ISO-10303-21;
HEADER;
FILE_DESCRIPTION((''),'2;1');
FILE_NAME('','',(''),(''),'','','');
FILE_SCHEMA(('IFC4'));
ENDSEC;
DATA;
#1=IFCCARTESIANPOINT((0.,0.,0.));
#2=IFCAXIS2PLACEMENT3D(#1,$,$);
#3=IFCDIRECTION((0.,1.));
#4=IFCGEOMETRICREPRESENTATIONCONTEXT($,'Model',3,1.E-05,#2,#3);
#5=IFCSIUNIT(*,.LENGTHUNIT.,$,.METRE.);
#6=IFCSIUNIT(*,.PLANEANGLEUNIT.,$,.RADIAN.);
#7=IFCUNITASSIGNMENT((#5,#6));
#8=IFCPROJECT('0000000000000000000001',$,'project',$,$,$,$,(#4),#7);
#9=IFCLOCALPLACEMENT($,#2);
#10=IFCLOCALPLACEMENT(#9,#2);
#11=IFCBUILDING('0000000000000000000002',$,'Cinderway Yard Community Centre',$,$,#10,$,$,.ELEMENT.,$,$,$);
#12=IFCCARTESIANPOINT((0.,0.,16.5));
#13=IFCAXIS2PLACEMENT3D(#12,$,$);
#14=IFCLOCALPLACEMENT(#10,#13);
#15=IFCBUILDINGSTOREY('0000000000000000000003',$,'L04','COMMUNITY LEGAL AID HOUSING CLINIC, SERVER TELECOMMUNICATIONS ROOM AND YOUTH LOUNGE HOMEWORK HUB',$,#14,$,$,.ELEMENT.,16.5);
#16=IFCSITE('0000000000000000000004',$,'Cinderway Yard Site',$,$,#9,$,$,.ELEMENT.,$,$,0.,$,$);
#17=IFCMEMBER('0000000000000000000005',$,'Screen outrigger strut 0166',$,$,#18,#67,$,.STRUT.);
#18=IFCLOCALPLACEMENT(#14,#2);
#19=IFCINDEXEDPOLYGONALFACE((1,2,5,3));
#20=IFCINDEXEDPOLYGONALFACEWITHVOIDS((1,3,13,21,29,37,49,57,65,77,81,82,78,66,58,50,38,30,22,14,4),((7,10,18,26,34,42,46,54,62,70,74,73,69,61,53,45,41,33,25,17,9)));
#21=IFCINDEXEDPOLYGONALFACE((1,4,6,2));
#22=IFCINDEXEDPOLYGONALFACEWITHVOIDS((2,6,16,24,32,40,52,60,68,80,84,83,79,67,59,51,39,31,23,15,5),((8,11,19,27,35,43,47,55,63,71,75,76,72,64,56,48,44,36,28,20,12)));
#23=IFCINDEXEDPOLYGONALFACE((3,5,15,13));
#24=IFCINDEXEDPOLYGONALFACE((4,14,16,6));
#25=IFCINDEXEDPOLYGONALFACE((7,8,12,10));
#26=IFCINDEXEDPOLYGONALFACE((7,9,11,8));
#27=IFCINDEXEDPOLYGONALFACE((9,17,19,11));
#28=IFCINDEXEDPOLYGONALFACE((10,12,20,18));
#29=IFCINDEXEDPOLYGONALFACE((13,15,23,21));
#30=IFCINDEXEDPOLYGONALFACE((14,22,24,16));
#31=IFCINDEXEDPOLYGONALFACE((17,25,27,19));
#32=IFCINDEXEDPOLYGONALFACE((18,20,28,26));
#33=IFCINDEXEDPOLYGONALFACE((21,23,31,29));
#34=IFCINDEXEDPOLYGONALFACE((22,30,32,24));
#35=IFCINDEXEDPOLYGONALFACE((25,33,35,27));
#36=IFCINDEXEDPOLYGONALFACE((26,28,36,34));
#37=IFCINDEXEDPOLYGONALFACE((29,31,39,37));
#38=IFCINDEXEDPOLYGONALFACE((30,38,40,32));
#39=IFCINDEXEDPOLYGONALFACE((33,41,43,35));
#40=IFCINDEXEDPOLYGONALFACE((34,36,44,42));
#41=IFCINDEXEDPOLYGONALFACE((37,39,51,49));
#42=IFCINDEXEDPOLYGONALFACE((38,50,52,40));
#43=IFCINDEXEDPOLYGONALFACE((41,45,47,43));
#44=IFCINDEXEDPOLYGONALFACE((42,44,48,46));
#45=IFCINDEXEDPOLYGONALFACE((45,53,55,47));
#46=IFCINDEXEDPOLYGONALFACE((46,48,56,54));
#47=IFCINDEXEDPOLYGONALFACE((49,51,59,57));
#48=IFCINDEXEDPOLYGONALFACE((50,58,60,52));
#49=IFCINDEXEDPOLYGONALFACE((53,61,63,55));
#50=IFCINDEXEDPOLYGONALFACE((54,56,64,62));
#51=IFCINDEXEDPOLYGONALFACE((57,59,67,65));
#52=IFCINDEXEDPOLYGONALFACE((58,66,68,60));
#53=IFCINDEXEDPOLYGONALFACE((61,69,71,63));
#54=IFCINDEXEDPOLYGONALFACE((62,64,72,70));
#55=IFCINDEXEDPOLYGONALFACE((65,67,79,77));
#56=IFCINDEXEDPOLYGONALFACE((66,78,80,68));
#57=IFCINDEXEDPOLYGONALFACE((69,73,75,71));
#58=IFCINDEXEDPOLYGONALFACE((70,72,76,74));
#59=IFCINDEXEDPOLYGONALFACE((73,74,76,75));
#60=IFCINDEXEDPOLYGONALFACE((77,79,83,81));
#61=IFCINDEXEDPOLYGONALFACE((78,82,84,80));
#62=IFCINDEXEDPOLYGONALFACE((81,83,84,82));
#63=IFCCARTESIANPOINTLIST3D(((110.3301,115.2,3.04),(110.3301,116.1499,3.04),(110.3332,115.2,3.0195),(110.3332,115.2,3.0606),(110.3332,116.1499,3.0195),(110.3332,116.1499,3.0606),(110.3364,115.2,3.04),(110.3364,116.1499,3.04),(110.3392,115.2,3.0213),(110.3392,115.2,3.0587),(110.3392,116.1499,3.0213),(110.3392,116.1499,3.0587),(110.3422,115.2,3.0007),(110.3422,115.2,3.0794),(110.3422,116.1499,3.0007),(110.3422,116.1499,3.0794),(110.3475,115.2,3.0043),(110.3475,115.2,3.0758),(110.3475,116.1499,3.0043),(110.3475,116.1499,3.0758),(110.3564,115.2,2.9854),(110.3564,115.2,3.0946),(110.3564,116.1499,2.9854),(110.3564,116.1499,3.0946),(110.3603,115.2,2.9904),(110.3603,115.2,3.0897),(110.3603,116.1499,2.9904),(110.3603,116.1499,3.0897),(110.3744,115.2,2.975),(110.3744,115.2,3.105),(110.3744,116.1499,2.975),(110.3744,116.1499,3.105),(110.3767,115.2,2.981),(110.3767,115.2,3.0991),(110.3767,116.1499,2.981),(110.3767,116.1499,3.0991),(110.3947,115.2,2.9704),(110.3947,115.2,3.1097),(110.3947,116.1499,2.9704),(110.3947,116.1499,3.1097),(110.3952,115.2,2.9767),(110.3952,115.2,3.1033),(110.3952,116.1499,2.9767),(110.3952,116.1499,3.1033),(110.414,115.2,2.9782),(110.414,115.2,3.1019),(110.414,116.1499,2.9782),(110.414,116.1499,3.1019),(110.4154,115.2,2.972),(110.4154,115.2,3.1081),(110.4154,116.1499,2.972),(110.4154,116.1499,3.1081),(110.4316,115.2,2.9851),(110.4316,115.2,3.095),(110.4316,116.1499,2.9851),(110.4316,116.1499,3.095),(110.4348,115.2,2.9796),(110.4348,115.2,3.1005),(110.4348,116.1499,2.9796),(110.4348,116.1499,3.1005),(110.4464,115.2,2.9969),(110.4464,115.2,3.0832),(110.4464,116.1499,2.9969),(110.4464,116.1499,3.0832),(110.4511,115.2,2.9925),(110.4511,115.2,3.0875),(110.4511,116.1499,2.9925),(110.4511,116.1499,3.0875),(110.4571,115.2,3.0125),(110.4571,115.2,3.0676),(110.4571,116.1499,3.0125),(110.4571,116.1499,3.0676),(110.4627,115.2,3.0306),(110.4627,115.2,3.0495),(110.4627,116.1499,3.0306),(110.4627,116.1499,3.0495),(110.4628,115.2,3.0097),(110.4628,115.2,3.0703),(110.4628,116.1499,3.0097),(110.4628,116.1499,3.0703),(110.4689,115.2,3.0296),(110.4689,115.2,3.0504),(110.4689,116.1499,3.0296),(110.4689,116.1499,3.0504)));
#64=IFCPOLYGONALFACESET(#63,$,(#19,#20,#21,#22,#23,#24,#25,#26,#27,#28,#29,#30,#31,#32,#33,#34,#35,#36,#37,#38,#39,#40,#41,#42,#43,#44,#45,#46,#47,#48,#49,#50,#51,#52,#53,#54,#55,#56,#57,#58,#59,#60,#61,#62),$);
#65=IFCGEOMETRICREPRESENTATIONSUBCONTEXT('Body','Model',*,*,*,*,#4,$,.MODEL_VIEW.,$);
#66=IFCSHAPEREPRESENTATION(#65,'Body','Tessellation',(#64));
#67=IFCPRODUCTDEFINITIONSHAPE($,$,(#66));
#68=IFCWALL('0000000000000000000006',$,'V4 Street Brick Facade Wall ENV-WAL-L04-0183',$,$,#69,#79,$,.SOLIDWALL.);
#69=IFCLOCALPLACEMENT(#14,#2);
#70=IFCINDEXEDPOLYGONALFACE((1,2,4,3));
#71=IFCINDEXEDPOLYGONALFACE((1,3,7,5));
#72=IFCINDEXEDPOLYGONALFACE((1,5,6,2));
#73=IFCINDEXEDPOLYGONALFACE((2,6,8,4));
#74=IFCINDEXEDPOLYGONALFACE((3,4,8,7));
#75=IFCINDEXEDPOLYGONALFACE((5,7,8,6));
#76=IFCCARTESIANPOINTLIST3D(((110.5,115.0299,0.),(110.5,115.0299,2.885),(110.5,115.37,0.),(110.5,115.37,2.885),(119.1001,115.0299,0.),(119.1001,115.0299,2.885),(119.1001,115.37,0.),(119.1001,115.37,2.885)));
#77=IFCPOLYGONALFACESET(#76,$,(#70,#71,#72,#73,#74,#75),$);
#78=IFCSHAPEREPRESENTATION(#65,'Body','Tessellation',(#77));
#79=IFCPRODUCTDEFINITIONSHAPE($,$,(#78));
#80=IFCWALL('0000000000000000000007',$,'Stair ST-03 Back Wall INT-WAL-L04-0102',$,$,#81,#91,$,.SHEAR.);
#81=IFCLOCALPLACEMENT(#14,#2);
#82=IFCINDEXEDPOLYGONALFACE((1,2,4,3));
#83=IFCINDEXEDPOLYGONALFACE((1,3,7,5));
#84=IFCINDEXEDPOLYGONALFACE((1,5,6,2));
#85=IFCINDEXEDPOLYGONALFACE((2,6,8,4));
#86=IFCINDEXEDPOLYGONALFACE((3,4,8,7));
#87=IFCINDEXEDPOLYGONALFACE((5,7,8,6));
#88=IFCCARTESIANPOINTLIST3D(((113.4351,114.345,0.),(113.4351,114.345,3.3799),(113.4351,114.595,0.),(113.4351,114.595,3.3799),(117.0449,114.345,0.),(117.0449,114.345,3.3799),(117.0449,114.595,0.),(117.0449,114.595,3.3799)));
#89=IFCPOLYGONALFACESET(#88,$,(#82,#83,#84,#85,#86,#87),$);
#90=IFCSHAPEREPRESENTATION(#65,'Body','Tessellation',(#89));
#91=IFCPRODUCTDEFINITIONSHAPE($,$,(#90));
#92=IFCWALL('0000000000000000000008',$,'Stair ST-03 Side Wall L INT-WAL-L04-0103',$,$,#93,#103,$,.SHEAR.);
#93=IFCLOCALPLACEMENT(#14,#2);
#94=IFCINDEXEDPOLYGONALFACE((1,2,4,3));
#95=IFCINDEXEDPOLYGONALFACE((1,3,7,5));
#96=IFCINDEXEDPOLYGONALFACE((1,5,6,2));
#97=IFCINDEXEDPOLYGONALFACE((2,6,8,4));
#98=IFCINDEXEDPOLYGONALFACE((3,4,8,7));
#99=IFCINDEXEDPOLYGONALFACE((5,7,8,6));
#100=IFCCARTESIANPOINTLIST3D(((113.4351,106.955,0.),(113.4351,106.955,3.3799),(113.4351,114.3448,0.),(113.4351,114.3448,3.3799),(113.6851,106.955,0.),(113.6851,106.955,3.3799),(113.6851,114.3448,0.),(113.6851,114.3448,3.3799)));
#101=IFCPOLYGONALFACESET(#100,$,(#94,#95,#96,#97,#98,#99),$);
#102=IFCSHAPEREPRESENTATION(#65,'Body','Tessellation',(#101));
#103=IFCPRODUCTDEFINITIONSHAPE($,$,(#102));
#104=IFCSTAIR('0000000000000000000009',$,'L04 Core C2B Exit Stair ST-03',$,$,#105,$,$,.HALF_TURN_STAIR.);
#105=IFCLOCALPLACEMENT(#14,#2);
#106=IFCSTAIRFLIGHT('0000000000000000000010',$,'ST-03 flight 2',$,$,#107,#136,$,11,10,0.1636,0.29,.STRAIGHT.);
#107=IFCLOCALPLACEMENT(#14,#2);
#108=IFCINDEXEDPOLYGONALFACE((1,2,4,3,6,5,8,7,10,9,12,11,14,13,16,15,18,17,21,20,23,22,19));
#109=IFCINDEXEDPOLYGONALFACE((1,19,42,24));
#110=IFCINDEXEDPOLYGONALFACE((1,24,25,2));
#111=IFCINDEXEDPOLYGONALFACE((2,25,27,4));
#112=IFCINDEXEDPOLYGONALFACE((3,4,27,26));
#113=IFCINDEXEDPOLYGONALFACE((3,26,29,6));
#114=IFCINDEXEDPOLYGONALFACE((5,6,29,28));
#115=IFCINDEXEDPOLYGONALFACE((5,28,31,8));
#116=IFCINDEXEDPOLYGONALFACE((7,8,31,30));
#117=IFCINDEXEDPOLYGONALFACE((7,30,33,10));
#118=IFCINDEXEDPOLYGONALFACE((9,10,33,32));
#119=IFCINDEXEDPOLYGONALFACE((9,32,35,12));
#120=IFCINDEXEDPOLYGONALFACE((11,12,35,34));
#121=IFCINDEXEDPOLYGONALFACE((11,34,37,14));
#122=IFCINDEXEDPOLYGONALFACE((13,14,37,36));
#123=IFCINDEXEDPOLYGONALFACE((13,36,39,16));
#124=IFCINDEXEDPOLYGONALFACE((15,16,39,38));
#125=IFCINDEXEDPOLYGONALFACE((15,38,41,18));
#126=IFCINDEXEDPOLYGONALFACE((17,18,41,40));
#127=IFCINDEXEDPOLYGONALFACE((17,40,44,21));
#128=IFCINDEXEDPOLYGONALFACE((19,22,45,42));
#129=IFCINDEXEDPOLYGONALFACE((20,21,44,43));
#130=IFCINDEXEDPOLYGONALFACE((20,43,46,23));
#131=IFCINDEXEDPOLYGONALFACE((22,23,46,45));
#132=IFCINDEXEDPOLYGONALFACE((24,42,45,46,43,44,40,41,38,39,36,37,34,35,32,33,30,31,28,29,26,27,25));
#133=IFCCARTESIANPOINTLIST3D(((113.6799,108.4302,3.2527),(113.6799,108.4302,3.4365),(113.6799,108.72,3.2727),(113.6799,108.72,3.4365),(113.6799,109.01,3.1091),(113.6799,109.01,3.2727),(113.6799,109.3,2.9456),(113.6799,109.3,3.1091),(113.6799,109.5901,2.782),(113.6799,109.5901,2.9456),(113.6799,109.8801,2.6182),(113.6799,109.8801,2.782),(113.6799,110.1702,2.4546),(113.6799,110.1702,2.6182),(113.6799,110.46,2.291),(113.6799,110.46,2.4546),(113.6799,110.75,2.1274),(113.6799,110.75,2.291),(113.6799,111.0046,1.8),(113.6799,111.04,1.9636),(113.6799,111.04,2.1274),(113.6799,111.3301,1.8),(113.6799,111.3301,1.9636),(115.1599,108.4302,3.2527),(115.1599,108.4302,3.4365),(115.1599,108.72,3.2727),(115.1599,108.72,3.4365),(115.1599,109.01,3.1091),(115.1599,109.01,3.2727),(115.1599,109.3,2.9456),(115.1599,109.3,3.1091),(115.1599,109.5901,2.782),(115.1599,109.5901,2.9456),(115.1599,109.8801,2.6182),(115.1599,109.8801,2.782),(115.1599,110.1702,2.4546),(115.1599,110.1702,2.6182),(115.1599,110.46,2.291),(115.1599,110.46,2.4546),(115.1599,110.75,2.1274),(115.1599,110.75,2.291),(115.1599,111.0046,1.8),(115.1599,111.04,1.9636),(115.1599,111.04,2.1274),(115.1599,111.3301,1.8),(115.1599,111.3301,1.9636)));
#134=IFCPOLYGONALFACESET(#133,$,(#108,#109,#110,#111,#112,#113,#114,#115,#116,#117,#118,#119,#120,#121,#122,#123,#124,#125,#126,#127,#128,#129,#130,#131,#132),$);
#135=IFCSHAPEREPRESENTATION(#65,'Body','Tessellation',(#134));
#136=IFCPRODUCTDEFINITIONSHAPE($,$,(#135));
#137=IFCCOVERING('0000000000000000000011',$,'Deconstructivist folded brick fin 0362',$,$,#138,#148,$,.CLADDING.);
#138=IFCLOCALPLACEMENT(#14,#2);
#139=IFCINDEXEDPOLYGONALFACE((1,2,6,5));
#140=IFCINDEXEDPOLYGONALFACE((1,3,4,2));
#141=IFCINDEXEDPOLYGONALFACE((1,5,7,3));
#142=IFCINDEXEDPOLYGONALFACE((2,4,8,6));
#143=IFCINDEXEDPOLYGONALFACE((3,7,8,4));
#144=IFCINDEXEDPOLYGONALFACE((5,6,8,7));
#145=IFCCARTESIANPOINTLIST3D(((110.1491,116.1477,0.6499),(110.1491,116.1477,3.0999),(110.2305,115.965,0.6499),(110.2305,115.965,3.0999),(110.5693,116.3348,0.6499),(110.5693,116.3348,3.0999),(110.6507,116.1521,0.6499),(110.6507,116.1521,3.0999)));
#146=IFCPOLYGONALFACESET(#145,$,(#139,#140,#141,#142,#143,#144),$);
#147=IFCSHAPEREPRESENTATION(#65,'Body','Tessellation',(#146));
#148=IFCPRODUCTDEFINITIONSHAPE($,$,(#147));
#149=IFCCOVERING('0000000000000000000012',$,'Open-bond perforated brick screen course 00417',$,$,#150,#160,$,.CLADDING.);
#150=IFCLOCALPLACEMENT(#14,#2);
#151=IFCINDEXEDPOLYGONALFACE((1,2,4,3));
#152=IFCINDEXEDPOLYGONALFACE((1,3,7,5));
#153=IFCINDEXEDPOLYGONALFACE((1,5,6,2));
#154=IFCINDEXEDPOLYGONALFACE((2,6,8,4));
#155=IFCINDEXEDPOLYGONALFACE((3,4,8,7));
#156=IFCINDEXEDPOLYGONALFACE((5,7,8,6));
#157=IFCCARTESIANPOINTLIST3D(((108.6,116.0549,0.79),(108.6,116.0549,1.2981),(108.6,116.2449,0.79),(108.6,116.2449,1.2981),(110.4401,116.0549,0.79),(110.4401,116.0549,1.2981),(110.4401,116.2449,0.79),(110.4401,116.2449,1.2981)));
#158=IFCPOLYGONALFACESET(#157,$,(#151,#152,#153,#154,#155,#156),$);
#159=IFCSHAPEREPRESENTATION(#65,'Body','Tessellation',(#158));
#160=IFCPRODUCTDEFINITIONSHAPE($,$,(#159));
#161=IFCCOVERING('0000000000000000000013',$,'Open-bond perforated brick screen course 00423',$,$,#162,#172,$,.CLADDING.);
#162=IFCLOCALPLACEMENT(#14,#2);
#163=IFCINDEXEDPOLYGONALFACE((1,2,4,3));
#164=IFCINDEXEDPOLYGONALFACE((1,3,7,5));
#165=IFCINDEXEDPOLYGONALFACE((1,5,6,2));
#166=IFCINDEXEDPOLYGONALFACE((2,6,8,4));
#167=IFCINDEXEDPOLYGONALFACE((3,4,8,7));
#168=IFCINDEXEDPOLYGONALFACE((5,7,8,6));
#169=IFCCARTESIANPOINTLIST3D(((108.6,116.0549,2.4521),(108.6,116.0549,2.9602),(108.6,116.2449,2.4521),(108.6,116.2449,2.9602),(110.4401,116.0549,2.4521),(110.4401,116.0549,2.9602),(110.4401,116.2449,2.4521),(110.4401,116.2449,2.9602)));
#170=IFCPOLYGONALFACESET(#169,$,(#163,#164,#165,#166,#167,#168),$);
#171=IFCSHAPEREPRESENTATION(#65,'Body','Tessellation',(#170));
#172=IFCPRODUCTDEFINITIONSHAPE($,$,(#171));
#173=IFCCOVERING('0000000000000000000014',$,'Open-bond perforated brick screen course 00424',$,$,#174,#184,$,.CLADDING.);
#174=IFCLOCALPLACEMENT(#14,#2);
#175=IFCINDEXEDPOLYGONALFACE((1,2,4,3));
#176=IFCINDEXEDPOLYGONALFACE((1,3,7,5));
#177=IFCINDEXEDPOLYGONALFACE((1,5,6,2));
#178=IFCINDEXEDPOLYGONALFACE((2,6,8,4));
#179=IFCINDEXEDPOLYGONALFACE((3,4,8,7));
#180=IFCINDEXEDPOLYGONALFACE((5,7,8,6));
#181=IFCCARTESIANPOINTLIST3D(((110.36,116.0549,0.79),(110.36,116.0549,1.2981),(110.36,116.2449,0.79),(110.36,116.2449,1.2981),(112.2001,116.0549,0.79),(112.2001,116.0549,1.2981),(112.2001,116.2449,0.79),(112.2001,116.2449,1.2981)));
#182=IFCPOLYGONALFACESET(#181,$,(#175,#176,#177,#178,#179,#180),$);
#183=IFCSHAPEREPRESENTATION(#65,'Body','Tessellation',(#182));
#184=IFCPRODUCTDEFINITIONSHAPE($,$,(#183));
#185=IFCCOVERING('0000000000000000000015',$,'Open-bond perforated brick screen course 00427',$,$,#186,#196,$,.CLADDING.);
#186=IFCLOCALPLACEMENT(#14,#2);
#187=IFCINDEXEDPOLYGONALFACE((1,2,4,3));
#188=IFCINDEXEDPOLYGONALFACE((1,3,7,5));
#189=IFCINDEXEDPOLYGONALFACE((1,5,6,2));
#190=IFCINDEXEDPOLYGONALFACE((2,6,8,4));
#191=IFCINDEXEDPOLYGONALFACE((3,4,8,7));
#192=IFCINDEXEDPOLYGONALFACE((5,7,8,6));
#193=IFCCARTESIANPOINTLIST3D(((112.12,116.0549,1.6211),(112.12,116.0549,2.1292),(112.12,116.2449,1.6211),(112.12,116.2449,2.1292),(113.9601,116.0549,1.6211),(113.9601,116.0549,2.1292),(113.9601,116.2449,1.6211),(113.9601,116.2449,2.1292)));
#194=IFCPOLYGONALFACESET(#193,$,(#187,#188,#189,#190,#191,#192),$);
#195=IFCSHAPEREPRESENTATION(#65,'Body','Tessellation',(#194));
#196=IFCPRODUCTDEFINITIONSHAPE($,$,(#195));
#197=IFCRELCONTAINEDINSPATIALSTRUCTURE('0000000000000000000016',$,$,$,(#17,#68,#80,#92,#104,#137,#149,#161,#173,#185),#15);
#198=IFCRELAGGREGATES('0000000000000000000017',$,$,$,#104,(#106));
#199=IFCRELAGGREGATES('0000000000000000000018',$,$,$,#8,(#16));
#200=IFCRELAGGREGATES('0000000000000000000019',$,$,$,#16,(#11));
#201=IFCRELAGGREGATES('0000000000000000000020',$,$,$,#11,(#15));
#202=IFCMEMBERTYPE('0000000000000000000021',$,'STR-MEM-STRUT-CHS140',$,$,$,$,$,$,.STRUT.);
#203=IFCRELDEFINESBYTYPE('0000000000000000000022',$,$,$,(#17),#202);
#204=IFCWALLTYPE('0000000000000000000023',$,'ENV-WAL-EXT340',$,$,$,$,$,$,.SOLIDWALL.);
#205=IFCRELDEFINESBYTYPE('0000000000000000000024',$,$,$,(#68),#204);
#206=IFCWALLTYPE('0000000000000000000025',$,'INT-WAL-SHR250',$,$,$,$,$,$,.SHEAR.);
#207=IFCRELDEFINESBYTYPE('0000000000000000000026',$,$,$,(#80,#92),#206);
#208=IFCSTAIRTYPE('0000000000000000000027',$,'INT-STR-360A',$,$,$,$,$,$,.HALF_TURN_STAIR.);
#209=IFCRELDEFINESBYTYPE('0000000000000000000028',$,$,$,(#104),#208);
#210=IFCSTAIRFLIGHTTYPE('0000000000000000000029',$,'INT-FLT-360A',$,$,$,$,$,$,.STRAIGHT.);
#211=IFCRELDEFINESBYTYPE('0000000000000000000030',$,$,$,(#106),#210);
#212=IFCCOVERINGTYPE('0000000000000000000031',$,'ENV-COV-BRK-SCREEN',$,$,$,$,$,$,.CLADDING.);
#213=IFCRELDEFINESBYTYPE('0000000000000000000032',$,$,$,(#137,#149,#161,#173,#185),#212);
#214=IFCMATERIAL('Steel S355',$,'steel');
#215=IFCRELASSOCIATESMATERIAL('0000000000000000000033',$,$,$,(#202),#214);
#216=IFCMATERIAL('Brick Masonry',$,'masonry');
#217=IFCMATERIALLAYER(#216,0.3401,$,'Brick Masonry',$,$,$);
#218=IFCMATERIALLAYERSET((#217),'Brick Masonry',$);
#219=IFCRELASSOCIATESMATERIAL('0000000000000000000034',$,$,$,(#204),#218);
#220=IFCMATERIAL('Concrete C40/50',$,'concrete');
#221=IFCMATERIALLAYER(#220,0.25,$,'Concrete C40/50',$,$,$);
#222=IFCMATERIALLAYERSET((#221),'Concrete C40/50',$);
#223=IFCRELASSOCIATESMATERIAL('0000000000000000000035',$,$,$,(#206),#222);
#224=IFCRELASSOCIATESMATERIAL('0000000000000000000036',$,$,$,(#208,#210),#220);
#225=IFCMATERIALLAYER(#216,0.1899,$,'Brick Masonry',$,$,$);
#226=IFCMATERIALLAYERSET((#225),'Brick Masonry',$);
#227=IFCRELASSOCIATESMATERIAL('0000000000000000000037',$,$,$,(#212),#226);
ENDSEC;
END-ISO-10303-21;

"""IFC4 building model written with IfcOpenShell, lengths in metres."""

from ifc_helpers import new_model, si_unit, direction, frame, frame_2d, origin, origin_2d, place, context, subcontext, project, spatial, polyline, rectangle, hollow_circle, outline, extrude, material, layer, layer_set, material_profile, profile_set, type_object, element, aggregate, save


model = new_model("IFC4")

# Units and contexts
model_context = context("Model", 3, precision=1e-05, world=origin(), true_north=direction((0.0, 1.0)))
body_context = subcontext(model_context, "Body", "Model", "MODEL_VIEW")
ifc_project = project(units=[si_unit("LENGTHUNIT", "METRE"), si_unit("PLANEANGLEUNIT", "RADIAN")], contexts=[model_context])

# Site, building, storey
site_placement = place(None, origin())
site = spatial("IfcSite", under=ifc_project, at=site_placement, Name="Cinderway Yard Site", CompositionType="ELEMENT", RefElevation=0.0)
building_placement = place(site_placement, origin())
building = spatial("IfcBuilding", under=site, at=building_placement, Name="Cinderway Yard Community Centre", CompositionType="ELEMENT")
storey_placement = place(building_placement, frame((0.0, 0.0, 16.5)))
storey = spatial("IfcBuildingStorey", under=building, at=storey_placement, Name="L04", Description="COMMUNITY LEGAL AID HOUSING CLINIC, SERVER TELECOMMUNICATIONS ROOM AND YOUTH LOUNGE HOMEWORK HUB", CompositionType="ELEMENT", Elevation=16.5)

# Shared definitions
ifc_material_1 = material(Name="Concrete C40/50", Category="concrete")

# Shared definitions
ifc_material_2 = material(Name="Steel S355", Category="steel")

# Member
ifc_material_profile_1 = material_profile(ifc_material_2, hollow_circle(Radius=0.0698, WallThickness=0.0063, at=origin_2d()), Name="Steel S355")
ifc_profile_set_1 = profile_set([ifc_material_profile_1], Name="Steel S355")
member_type_1 = type_object("IfcMemberType", Name="STR-MEM-STRUT-CHS140", PredefinedType="STRUT", material=ifc_profile_set_1)
for number, where, z_axis, x_axis, name in (
    (1, (110.3999, 115.2, 3.04), (0.0, 1.0, 0.0), (-1.0, 0.0, 0.0), "Screen outrigger strut 0166"),
):
    element("IfcMember", number, at=place(storey_placement, frame(where, z_axis=z_axis, x_axis=x_axis)), inside=storey, type_object=member_type_1, Name=name, PredefinedType="STRUT", context=body_context, shape_type="SweptSolid", body=[
        extrude(hollow_circle(Radius=0.0698, WallThickness=0.0063, at=origin_2d()), origin(), (0.0, 0.0, 1.0), 0.95),
    ])

# Walls
ifc_material_3 = material(Name="Brick Masonry", Category="masonry")
ifc_layer_1 = layer(ifc_material_3, 0.3401, Name="Brick Masonry")
ifc_layer_set_1 = layer_set([ifc_layer_1], Name="Brick Masonry")
wall_type_1 = type_object("IfcWallType", Name="ENV-WAL-EXT340", PredefinedType="SOLIDWALL", material=ifc_layer_set_1)
wall_1_placement = place(storey_placement, frame((110.5, 115.2, 0.0), z_axis=(0.0, 0.0, 1.0), x_axis=(1.0, 0.0, 0.0)))
element("IfcWall", 2, at=wall_1_placement, inside=storey, type_object=wall_type_1, Name="V4 Street Brick Facade Wall ENV-WAL-L04-0183", PredefinedType="SOLIDWALL", context=body_context, shape_type="SweptSolid", body=[
    extrude(rectangle(XDim=8.6001, YDim=0.3401, at=frame_2d((4.3, 0.0))), origin(), (0.0, 0.0, 1.0), 2.885),
])
ifc_layer_2 = layer(ifc_material_1, 0.25, Name="Concrete C40/50")
ifc_layer_set_2 = layer_set([ifc_layer_2], Name="Concrete C40/50")
wall_type_2 = type_object("IfcWallType", Name="INT-WAL-SHR250", PredefinedType="SHEAR", material=ifc_layer_set_2)
wall_2_placement = place(storey_placement, frame((113.4351, 114.47, 0.0), z_axis=(0.0, 0.0, 1.0), x_axis=(1.0, 0.0, 0.0)))
element("IfcWall", 3, at=wall_2_placement, inside=storey, type_object=wall_type_2, Name="Stair ST-03 Back Wall INT-WAL-L04-0102", PredefinedType="SHEAR", context=body_context, shape_type="SweptSolid", body=[
    extrude(rectangle(XDim=3.6099, YDim=0.25, at=frame_2d((1.8049, 0.0))), origin(), (0.0, 0.0, 1.0), 3.3799),
])
wall_3_placement = place(storey_placement, frame((113.5601, 106.9551, 0.0), z_axis=(0.0, 0.0, 1.0), x_axis=(0.0, 1.0, 0.0)))
element("IfcWall", 4, at=wall_3_placement, inside=storey, type_object=wall_type_2, Name="Stair ST-03 Side Wall L INT-WAL-L04-0103", PredefinedType="SHEAR", context=body_context, shape_type="SweptSolid", body=[
    extrude(rectangle(XDim=7.3899, YDim=0.25, at=frame_2d((3.6948, 0.0))), origin(), (0.0, 0.0, 1.0), 3.3799),
])

# Stair, stair flight
stair_type = type_object("IfcStairType", Name="INT-STR-360A", PredefinedType="HALF_TURN_STAIR", material=ifc_material_1)
stair_placement = place(storey_placement, origin())
stair = element("IfcStair", 5, at=stair_placement, inside=storey, type_object=stair_type, Name="L04 Core C2B Exit Stair ST-03", PredefinedType="HALF_TURN_STAIR")
stair_flight_type = type_object("IfcStairFlightType", Name="INT-FLT-360A", PredefinedType="STRAIGHT", material=ifc_material_1)
stair_flight_placement = place(storey_placement, frame((114.4199, 111.3301, 1.8), z_axis=(0.0, 0.0, 1.0), x_axis=(0.0, -1.0, 0.0)))
stair_flight = element("IfcStairFlight", 6, at=stair_flight_placement, type_object=stair_flight_type, Name="ST-03 flight 2", NumberOfRisers=11, NumberOfTreads=10, PredefinedType="STRAIGHT", RiserHeight=0.1636, TreadLength=0.29, context=body_context, shape_type="SweptSolid", body=[
    extrude(outline(polyline([(0.0, 0.0), (0.0, 0.1636), (0.29, 0.1636), (0.29, 0.3274), (0.5801, 0.3274), (0.5801, 0.491), (0.8701, 0.491), (0.8701, 0.6545), (1.1599, 0.6545), (1.1599, 0.8181), (1.45, 0.8181), (1.45, 0.9819), (1.74, 0.9819), (1.74, 1.1455), (2.03, 1.1455), (2.03, 1.3091), (2.3201, 1.3091), (2.3201, 1.4727), (2.6101, 1.4727), (2.6101, 1.6365), (2.8999, 1.6365), (2.8999, 1.8), (2.8999, 1.4526), (0.3254, 0.0), (0.0, 0.0)])), frame((0.0, 0.74, 0.0), z_axis=(0.0, -1.0, 0.0), x_axis=(1.0, 0.0, 0.0)), (0.0, 0.0, 1.0), 1.48),
])
aggregate(stair, [stair_flight])

# Coverings
ifc_layer_3 = layer(ifc_material_3, 0.1899, Name="Brick Masonry")
ifc_layer_set_3 = layer_set([ifc_layer_3], Name="Brick Masonry")
covering_type = type_object("IfcCoveringType", Name="ENV-COV-BRK-SCREEN", PredefinedType="CLADDING", material=ifc_layer_set_3)
covering_placement = place(storey_placement, frame((110.3999, 116.1499, 0.6499), z_axis=(0.0, 0.0, 1.0), x_axis=(0.913545, 0.406737, 0.0)))
element("IfcCovering", 7, at=covering_placement, inside=storey, type_object=covering_type, Name="Deconstructivist folded brick fin 0362", PredefinedType="CLADDING", context=body_context, shape_type="SweptSolid", body=[
    extrude(rectangle(XDim=0.46, YDim=0.2, at=origin_2d()), origin(), (0.0, 0.0, 1.0), 2.45),
])
for number, where, z_axis, x_axis, name in (
    (8, (109.52, 116.1499, 0.79), (0.0, 0.0, 1.0), (1.0, 0.0, 0.0), "Open-bond perforated brick screen course 00417"),
    (9, (109.52, 116.1499, 2.4521), (0.0, 0.0, 1.0), (1.0, 0.0, 0.0), "Open-bond perforated brick screen course 00423"),
    (10, (111.28, 116.1499, 0.79), (0.0, 0.0, 1.0), (1.0, 0.0, 0.0), "Open-bond perforated brick screen course 00424"),
    (11, (113.04, 116.1499, 1.6211), (0.0, 0.0, 1.0), (1.0, 0.0, 0.0), "Open-bond perforated brick screen course 00427"),
):
    element("IfcCovering", number, at=place(storey_placement, frame(where, z_axis=z_axis, x_axis=x_axis)), inside=storey, type_object=covering_type, Name=name, PredefinedType="CLADDING", context=body_context, shape_type="SweptSolid", body=[
        extrude(rectangle(XDim=1.8401, YDim=0.1899, at=origin_2d()), origin(), (0.0, 0.0, 1.0), 0.5081),
    ])

save(model, "model.ifc")
